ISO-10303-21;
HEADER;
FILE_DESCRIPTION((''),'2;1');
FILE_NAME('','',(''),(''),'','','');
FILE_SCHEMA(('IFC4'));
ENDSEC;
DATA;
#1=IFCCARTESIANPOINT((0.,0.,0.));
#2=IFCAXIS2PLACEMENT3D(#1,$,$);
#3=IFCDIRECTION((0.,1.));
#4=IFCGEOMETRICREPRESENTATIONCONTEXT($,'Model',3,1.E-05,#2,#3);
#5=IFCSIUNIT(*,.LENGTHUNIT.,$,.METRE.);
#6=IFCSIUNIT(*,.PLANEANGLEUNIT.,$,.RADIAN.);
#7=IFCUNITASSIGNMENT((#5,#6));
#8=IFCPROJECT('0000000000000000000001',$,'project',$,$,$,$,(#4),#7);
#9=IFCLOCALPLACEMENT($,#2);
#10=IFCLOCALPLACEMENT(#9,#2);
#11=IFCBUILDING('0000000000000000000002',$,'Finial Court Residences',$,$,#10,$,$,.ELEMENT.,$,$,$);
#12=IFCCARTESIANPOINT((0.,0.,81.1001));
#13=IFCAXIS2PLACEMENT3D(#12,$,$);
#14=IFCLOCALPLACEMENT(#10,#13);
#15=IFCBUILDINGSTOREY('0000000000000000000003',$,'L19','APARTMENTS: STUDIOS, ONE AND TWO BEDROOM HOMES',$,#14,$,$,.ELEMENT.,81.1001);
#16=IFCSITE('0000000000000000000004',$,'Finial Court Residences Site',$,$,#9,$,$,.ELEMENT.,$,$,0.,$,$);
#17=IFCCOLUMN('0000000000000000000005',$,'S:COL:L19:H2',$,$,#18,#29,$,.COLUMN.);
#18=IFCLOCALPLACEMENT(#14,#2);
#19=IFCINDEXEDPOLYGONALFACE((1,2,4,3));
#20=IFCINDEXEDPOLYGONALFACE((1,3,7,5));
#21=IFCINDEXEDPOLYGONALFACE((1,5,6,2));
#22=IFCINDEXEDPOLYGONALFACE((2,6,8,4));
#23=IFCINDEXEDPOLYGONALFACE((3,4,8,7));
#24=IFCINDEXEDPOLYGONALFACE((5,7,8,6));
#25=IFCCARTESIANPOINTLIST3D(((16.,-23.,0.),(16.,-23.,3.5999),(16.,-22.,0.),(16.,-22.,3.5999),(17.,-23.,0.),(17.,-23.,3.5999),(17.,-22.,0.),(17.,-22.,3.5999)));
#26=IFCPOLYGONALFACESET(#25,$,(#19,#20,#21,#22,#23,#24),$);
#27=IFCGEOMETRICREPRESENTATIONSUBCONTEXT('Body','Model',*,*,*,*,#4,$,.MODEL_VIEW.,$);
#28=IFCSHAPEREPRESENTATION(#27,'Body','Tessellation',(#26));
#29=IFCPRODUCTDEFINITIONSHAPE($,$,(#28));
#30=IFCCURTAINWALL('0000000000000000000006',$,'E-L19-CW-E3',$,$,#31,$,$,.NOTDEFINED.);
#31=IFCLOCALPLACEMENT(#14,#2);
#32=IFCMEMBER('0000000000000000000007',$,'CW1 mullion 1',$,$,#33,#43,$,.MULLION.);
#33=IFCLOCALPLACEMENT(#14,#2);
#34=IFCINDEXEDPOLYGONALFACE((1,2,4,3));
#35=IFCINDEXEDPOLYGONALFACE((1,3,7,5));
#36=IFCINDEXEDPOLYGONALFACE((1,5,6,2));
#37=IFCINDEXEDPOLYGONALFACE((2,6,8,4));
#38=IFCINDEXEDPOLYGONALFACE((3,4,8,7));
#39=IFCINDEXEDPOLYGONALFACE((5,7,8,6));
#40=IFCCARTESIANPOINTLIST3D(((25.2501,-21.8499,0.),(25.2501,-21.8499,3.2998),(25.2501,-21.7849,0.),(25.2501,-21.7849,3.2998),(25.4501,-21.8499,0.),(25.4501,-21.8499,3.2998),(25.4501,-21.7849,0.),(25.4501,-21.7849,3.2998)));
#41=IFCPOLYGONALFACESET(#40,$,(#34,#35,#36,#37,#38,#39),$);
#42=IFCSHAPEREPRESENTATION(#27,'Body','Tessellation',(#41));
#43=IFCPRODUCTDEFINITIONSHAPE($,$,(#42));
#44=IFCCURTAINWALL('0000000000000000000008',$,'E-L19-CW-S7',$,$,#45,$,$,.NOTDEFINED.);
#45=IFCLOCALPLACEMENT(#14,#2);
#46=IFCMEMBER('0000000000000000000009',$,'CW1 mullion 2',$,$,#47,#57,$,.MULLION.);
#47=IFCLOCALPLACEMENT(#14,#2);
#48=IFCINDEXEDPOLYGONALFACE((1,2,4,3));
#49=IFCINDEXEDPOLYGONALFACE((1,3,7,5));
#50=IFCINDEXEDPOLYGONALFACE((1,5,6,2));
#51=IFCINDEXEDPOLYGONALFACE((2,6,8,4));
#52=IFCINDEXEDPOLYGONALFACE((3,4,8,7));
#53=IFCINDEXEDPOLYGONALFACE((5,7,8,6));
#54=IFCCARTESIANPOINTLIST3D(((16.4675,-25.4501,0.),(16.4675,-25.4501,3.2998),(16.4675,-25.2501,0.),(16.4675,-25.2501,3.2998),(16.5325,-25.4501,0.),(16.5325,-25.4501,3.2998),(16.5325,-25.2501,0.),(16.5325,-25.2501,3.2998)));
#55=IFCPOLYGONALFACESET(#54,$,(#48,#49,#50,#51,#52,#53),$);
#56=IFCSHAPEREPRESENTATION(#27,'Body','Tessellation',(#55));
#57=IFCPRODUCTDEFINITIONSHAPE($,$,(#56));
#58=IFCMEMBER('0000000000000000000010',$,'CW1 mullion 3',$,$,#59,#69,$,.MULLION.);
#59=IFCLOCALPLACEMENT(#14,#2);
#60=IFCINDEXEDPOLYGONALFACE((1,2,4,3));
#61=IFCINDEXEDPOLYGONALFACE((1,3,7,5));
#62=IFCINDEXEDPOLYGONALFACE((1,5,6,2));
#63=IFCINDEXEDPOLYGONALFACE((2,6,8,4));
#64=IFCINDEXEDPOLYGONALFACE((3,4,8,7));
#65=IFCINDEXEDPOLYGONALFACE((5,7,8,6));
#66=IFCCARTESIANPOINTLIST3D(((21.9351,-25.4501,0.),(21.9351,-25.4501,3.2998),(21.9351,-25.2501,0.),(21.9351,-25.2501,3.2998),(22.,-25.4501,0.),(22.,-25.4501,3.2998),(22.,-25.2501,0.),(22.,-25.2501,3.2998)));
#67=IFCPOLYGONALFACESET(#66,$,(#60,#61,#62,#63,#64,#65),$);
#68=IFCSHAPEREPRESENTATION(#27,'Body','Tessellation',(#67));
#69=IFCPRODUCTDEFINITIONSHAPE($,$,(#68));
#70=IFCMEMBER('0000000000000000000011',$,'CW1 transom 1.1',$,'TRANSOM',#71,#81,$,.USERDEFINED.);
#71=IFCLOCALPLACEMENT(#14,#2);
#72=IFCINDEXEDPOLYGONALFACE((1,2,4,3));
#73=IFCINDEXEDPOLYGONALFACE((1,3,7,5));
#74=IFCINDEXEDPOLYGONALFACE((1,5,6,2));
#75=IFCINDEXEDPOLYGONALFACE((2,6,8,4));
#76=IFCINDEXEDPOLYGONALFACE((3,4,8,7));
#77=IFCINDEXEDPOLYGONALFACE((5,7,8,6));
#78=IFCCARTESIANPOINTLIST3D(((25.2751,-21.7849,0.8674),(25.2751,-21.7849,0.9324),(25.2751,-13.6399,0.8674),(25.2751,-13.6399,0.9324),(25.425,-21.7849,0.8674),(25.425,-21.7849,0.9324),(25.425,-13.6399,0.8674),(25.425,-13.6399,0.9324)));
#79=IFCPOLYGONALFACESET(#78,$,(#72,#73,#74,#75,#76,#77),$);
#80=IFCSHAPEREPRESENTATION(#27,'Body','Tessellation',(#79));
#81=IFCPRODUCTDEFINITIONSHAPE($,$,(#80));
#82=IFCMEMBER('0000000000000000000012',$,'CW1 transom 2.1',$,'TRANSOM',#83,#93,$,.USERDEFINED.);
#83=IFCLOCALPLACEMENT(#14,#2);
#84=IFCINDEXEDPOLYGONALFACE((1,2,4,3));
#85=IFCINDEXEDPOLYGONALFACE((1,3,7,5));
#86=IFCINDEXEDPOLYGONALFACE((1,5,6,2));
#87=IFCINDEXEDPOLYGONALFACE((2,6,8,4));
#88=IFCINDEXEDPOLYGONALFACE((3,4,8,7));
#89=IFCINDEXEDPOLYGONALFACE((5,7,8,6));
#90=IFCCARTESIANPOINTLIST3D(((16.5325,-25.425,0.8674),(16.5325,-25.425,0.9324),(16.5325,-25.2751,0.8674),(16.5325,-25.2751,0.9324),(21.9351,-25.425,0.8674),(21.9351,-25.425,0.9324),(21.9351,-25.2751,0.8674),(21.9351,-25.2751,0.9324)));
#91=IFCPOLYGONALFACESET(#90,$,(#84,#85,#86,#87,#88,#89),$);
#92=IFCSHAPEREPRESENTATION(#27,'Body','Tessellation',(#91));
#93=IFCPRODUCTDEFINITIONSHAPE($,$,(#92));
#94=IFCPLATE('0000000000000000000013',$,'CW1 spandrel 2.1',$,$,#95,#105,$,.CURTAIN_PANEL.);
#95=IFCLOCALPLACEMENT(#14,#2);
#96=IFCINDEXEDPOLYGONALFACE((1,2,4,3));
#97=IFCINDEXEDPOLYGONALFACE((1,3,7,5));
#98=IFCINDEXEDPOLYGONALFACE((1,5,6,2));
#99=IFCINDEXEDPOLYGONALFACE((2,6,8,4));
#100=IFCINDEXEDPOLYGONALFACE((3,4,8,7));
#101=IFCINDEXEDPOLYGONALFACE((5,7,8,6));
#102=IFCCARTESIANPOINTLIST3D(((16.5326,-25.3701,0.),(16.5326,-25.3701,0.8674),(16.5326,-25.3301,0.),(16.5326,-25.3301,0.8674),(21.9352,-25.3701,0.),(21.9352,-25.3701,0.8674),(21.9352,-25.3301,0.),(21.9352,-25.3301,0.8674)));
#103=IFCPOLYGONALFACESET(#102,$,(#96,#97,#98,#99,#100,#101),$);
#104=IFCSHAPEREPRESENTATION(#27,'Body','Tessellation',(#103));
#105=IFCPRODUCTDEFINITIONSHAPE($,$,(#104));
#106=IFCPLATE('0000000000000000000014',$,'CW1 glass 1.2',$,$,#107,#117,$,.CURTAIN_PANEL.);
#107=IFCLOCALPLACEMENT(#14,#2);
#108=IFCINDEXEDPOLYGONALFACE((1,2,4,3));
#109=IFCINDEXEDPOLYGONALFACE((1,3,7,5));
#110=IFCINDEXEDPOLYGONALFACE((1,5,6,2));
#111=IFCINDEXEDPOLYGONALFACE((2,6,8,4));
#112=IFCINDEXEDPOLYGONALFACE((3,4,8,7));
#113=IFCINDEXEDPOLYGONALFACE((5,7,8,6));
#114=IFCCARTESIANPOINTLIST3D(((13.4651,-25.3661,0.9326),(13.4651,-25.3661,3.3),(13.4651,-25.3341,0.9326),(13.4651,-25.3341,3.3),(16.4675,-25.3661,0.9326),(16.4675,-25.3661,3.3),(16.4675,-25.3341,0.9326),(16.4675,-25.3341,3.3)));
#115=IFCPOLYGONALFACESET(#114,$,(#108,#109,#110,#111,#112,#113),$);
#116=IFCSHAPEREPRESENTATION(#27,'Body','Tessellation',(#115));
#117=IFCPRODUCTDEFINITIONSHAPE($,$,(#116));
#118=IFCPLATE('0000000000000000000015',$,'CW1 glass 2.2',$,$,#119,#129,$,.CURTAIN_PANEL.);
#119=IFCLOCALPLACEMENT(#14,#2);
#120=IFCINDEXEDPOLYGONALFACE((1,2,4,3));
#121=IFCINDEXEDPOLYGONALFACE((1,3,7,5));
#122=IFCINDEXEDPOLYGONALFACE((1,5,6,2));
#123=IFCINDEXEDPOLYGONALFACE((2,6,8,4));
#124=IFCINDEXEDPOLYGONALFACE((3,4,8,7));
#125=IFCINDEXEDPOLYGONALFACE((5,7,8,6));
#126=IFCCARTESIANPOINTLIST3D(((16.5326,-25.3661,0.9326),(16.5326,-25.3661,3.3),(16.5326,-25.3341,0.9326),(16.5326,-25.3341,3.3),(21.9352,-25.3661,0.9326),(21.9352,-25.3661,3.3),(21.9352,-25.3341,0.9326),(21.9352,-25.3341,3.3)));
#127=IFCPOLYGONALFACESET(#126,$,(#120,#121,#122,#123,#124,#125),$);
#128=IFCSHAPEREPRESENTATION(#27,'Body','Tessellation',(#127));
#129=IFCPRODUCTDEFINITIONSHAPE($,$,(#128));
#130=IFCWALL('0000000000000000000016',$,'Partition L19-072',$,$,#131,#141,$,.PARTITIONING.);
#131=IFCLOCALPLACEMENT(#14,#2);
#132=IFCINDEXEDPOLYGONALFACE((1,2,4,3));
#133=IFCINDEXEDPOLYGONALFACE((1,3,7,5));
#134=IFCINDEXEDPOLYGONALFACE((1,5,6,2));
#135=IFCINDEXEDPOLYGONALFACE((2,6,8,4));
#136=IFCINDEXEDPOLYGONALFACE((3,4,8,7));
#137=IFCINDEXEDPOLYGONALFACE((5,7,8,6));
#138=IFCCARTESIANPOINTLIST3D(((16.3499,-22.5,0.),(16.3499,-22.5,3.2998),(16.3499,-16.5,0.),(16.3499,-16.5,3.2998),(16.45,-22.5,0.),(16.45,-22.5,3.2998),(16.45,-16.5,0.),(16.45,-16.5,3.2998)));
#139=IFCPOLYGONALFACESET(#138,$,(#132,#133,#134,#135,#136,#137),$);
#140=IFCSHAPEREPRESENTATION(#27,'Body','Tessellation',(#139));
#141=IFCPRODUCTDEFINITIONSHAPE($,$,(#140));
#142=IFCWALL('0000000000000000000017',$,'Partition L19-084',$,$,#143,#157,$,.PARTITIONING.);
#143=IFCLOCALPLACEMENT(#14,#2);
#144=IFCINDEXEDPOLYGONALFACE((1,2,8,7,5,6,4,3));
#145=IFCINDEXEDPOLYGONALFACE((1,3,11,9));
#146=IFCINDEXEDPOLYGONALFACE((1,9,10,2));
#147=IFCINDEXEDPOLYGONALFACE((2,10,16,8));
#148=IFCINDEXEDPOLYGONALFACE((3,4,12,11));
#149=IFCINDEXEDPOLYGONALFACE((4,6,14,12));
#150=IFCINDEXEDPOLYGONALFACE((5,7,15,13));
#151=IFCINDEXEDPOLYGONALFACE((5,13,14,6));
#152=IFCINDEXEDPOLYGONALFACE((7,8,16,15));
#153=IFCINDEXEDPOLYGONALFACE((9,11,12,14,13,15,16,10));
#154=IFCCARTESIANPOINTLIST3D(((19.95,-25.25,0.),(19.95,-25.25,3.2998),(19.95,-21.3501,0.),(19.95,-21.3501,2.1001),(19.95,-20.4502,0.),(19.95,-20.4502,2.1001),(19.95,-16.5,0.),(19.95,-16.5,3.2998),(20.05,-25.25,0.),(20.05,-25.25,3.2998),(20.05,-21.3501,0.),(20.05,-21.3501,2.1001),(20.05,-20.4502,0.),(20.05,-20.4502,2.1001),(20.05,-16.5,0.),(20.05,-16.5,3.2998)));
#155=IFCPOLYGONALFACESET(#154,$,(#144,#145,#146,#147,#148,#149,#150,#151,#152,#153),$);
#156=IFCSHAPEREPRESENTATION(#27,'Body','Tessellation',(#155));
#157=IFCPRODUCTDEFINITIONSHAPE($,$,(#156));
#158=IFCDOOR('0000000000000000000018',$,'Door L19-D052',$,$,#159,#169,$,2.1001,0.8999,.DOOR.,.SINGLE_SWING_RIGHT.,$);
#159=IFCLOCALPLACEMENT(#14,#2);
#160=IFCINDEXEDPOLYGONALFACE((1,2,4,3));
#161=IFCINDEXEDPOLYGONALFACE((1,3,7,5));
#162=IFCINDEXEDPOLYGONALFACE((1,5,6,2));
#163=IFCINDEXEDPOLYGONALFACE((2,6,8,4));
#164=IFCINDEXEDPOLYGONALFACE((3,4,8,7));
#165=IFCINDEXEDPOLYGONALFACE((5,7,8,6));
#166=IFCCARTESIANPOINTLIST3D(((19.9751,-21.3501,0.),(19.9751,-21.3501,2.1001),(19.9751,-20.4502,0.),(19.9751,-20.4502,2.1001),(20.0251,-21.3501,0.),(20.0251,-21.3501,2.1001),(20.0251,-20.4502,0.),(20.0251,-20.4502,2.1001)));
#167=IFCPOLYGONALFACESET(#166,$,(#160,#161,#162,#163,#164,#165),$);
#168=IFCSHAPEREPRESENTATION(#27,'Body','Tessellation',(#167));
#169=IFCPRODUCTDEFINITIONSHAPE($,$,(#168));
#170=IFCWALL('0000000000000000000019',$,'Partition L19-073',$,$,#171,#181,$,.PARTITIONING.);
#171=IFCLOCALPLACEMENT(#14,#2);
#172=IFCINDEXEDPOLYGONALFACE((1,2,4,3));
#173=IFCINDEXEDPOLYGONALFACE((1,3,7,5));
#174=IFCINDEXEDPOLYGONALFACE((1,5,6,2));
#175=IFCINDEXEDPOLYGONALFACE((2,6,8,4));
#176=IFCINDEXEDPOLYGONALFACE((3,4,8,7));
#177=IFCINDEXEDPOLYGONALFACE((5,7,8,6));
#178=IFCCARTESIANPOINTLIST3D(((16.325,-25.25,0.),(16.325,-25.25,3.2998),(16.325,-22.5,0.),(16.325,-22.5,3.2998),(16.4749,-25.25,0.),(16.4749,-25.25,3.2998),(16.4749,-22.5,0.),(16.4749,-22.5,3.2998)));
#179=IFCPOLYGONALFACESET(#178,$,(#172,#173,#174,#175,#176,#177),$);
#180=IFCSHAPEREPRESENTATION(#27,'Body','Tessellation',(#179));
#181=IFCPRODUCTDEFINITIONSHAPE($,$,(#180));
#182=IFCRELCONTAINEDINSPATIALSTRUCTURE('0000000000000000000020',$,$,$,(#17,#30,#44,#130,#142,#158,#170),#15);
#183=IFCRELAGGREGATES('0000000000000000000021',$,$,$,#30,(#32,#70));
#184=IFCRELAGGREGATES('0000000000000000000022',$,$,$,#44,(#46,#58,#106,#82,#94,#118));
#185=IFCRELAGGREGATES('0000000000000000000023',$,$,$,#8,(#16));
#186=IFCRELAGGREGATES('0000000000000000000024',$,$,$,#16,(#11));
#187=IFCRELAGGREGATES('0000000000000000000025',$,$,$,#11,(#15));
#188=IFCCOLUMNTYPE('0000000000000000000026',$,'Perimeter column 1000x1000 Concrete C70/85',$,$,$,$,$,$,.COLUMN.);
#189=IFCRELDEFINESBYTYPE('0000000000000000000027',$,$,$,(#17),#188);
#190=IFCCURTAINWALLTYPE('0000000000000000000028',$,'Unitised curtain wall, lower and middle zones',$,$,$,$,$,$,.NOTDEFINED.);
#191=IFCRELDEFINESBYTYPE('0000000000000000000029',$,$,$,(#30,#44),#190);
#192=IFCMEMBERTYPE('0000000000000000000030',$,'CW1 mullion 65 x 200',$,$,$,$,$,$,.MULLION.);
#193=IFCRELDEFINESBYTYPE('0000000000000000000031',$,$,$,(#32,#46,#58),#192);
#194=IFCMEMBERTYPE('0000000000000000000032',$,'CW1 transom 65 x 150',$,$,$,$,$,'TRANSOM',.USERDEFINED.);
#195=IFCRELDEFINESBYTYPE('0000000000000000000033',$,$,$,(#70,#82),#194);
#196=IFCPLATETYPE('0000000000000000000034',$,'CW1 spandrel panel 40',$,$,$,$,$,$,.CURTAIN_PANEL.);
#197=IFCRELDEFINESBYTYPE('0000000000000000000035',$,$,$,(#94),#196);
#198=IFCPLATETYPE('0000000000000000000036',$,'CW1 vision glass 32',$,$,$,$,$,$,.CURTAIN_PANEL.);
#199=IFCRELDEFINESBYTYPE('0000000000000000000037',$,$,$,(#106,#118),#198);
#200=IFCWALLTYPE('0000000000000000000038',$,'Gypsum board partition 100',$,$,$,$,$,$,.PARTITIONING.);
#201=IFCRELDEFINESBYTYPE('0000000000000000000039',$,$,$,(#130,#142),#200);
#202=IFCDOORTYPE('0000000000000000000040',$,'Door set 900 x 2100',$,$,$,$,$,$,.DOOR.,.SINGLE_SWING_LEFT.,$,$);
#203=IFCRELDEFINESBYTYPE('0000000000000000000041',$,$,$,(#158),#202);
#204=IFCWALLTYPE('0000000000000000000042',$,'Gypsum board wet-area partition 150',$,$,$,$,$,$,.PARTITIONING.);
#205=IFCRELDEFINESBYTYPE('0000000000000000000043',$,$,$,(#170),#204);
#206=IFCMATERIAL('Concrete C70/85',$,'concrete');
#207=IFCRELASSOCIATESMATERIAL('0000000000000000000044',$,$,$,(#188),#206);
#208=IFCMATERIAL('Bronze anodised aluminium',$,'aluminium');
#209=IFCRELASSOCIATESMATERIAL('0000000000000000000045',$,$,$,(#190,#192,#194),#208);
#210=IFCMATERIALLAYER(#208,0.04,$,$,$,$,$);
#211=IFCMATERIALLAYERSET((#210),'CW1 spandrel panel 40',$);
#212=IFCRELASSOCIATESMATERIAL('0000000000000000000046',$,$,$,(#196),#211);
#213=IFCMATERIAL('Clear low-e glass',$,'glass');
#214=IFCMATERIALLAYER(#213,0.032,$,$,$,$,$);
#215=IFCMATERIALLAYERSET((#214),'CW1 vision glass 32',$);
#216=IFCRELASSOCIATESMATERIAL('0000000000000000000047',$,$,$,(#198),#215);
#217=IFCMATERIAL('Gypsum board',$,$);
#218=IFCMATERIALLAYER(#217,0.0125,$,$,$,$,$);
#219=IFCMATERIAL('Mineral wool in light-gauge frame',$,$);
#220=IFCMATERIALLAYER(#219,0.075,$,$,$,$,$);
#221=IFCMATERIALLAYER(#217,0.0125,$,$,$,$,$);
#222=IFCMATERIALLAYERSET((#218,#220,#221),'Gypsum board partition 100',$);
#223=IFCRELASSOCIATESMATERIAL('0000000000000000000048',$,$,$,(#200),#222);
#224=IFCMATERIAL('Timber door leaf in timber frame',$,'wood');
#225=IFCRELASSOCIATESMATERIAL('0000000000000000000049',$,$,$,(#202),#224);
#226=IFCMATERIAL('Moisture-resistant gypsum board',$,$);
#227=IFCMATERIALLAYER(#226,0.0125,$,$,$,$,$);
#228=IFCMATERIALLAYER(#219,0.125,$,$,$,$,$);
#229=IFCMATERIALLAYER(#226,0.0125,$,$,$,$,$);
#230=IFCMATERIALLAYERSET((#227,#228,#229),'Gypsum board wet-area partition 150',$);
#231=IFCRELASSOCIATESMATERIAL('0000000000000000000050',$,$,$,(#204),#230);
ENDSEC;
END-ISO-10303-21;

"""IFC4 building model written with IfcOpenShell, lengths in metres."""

from ifc_helpers import new_model, si_unit, direction, frame, frame_2d, origin, origin_2d, place, context, subcontext, project, spatial, rectangle, extrude, material, layer, layer_set, material_profile, profile_set, type_object, element, fill, aggregate, save


model = new_model("IFC4")

# Units and contexts
model_context = context("Model", 3, precision=1e-05, world=origin(), true_north=direction((0.0, 1.0)))
body_context = subcontext(model_context, "Body", "Model", "MODEL_VIEW")
ifc_project = project(units=[si_unit("LENGTHUNIT", "METRE"), si_unit("PLANEANGLEUNIT", "RADIAN")], contexts=[model_context])

# Site, building, storey
site_placement = place(None, origin())
site = spatial("IfcSite", under=ifc_project, at=site_placement, Name="Finial Court Residences Site", CompositionType="ELEMENT", RefElevation=0.0)
building_placement = place(site_placement, origin())
building = spatial("IfcBuilding", under=site, at=building_placement, Name="Finial Court Residences", CompositionType="ELEMENT")
storey_placement = place(building_placement, frame((0.0, 0.0, 81.1001)))
storey = spatial("IfcBuildingStorey", under=building, at=storey_placement, Name="L19", Description="APARTMENTS: STUDIOS, ONE AND TWO BEDROOM HOMES", CompositionType="ELEMENT", Elevation=81.1001)

# Column
ifc_material_1 = material(Name="Concrete C70/85", Category="concrete")
ifc_material_profile_1 = material_profile(ifc_material_1, rectangle(XDim=1.0, YDim=1.0, at=origin_2d()), Name="1000x1000")
ifc_profile_set_1 = profile_set([ifc_material_profile_1], Name="Concrete C70/85")
column_type = type_object("IfcColumnType", Name="Perimeter column 1000x1000 Concrete C70/85", PredefinedType="COLUMN", material=ifc_profile_set_1)
column_placement = place(storey_placement, frame((16.5, -22.5, 0.0), z_axis=(0.0, 0.0, 1.0), x_axis=(1.0, 0.0, 0.0)))
element("IfcColumn", 1, at=column_placement, inside=storey, type_object=column_type, Name="S:COL:L19:H2", PredefinedType="COLUMN", context=body_context, shape_type="SweptSolid", body=[
    extrude(rectangle(XDim=1.0, YDim=1.0, at=origin_2d()), origin(), (0.0, 0.0, 1.0), 3.5999),
])

# Curtain wall, member
ifc_material_2 = material(Name="Bronze anodised aluminium", Category="aluminium")
curtain_wall_type = type_object("IfcCurtainWallType", Name="Unitised curtain wall, lower and middle zones", PredefinedType="NOTDEFINED", material=ifc_material_2)
curtain_wall_1_placement = place(storey_placement, origin())
curtain_wall_1 = element("IfcCurtainWall", 2, at=curtain_wall_1_placement, inside=storey, type_object=curtain_wall_type, Name="E-L19-CW-E3", PredefinedType="NOTDEFINED")
ifc_material_profile_2 = material_profile(ifc_material_2, rectangle(XDim=0.2, YDim=0.0649, at=origin_2d()), Name="CW1 mullion 65 x 200")
ifc_profile_set_2 = profile_set([ifc_material_profile_2], Name="Bronze anodised aluminium")
member_type_1 = type_object("IfcMemberType", Name="CW1 mullion 65 x 200", PredefinedType="MULLION", material=ifc_profile_set_2)
member_1_placement = place(storey_placement, frame((25.3501, -21.8174, 0.0), z_axis=(0.0, 0.0, 1.0), x_axis=(-1.0, 0.0, 0.0)))
member_1 = element("IfcMember", 3, at=member_1_placement, type_object=member_type_1, Name="CW1 mullion 1", PredefinedType="MULLION", context=body_context, shape_type="SweptSolid", body=[
    extrude(rectangle(XDim=0.2, YDim=0.0649, at=origin_2d()), origin(), (0.0, 0.0, 1.0), 3.2998),
])

# Curtain wall, members
curtain_wall_2_placement = place(storey_placement, origin())
curtain_wall_2 = element("IfcCurtainWall", 4, at=curtain_wall_2_placement, inside=storey, type_object=curtain_wall_type, Name="E-L19-CW-S7", PredefinedType="NOTDEFINED")
member_2_placement = place(storey_placement, frame((16.5, -25.3501, 0.0), z_axis=(0.0, 0.0, 1.0), x_axis=(0.0, 1.0, 0.0)))
member_2 = element("IfcMember", 5, at=member_2_placement, type_object=member_type_1, Name="CW1 mullion 2", PredefinedType="MULLION", context=body_context, shape_type="SweptSolid", body=[
    extrude(rectangle(XDim=0.2, YDim=0.0649, at=origin_2d()), origin(), (0.0, 0.0, 1.0), 3.2998),
])
member_3_placement = place(storey_placement, frame((21.9675, -25.3501, 0.0), z_axis=(0.0, 0.0, 1.0), x_axis=(0.0, 1.0, 0.0)))
member_3 = element("IfcMember", 6, at=member_3_placement, type_object=member_type_1, Name="CW1 mullion 3", PredefinedType="MULLION", context=body_context, shape_type="SweptSolid", body=[
    extrude(rectangle(XDim=0.2, YDim=0.0649, at=origin_2d()), origin(), (0.0, 0.0, 1.0), 3.2998),
])

# Members
ifc_material_profile_3 = material_profile(ifc_material_2, rectangle(XDim=0.1499, YDim=0.0649, at=origin_2d()), Name="CW1 transom 65 x 150")
ifc_profile_set_3 = profile_set([ifc_material_profile_3], Name="Bronze anodised aluminium")
member_type_2 = type_object("IfcMemberType", Name="CW1 transom 65 x 150", ElementType="TRANSOM", PredefinedType="USERDEFINED", material=ifc_profile_set_3)
member_4_placement = place(storey_placement, frame((25.3501, -21.7849, 0.8999), z_axis=(0.0, 1.0, 0.0), x_axis=(-1.0, 0.0, 0.0)))
member_4 = element("IfcMember", 7, at=member_4_placement, type_object=member_type_2, Name="CW1 transom 1.1", ObjectType="TRANSOM", PredefinedType="USERDEFINED", context=body_context, shape_type="SweptSolid", body=[
    extrude(rectangle(XDim=0.1499, YDim=0.0649, at=origin_2d()), origin(), (0.0, 0.0, 1.0), 8.145),
])
aggregate(curtain_wall_1, [member_1, member_4])
member_5_placement = place(storey_placement, frame((16.5325, -25.3501, 0.8999), z_axis=(1.0, 0.0, 0.0), x_axis=(0.0, 1.0, 0.0)))
member_5 = element("IfcMember", 8, at=member_5_placement, type_object=member_type_2, Name="CW1 transom 2.1", ObjectType="TRANSOM", PredefinedType="USERDEFINED", context=body_context, shape_type="SweptSolid", body=[
    extrude(rectangle(XDim=0.1499, YDim=0.0649, at=origin_2d()), origin(), (0.0, 0.0, 1.0), 5.4026),
])

# Plates
ifc_layer_1 = layer(ifc_material_2, 0.04)
ifc_layer_set_1 = layer_set([ifc_layer_1], Name="CW1 spandrel panel 40")
plate_type_1 = type_object("IfcPlateType", Name="CW1 spandrel panel 40", PredefinedType="CURTAIN_PANEL", material=ifc_layer_set_1)
plate_1_placement = place(storey_placement, frame((19.2339, -25.3501, 0.0), z_axis=(0.0, 0.0, 1.0), x_axis=(1.0, 0.0, 0.0)))
plate_1 = element("IfcPlate", 9, at=plate_1_placement, type_object=plate_type_1, Name="CW1 spandrel 2.1", PredefinedType="CURTAIN_PANEL", context=body_context, shape_type="SweptSolid", body=[
    extrude(rectangle(XDim=5.4026, YDim=0.04, at=origin_2d()), origin(), (0.0, 0.0, 1.0), 0.8674),
])
ifc_material_3 = material(Name="Clear low-e glass", Category="glass")
ifc_layer_2 = layer(ifc_material_3, 0.032)
ifc_layer_set_2 = layer_set([ifc_layer_2], Name="CW1 vision glass 32")
plate_type_2 = type_object("IfcPlateType", Name="CW1 vision glass 32", PredefinedType="CURTAIN_PANEL", material=ifc_layer_set_2)
plate_2_placement = place(storey_placement, frame((14.9663, -25.3501, 0.9326), z_axis=(0.0, 0.0, 1.0), x_axis=(1.0, 0.0, 0.0)))
plate_2 = element("IfcPlate", 10, at=plate_2_placement, type_object=plate_type_2, Name="CW1 glass 1.2", PredefinedType="CURTAIN_PANEL", context=body_context, shape_type="SweptSolid", body=[
    extrude(rectangle(XDim=3.0024, YDim=0.032, at=origin_2d()), origin(), (0.0, 0.0, 1.0), 2.3674),
])
plate_3_placement = place(storey_placement, frame((19.2339, -25.3501, 0.9326), z_axis=(0.0, 0.0, 1.0), x_axis=(1.0, 0.0, 0.0)))
plate_3 = element("IfcPlate", 11, at=plate_3_placement, type_object=plate_type_2, Name="CW1 glass 2.2", PredefinedType="CURTAIN_PANEL", context=body_context, shape_type="SweptSolid", body=[
    extrude(rectangle(XDim=5.4026, YDim=0.032, at=origin_2d()), origin(), (0.0, 0.0, 1.0), 2.3674),
])
aggregate(curtain_wall_2, [member_2, member_3, plate_2, member_5, plate_1, plate_3])

# Wall
ifc_material_4 = material(Name="Gypsum board")
ifc_layer_3 = layer(ifc_material_4, 0.0125)
ifc_material_5 = material(Name="Mineral wool in light-gauge frame")
ifc_layer_4 = layer(ifc_material_5, 0.075)
ifc_layer_5 = layer(ifc_material_4, 0.0125)
ifc_layer_set_3 = layer_set([ifc_layer_3, ifc_layer_4, ifc_layer_5], Name="Gypsum board partition 100")
wall_type_1 = type_object("IfcWallType", Name="Gypsum board partition 100", PredefinedType="PARTITIONING", material=ifc_layer_set_3)
wall_1_placement = place(storey_placement, frame((16.3999, -22.5, 0.0), z_axis=(0.0, 0.0, 1.0), x_axis=(0.0, 1.0, 0.0)))
element("IfcWall", 12, at=wall_1_placement, inside=storey, type_object=wall_type_1, Name="Partition L19-072", PredefinedType="PARTITIONING", context=body_context, shape_type="SweptSolid", body=[
    extrude(rectangle(XDim=6.0, YDim=0.1001, at=frame_2d((3.0, 0.0))), origin(), (0.0, 0.0, 1.0), 3.2998),
])

# Wall, opening, door
wall_2_placement = place(storey_placement, frame((20.0, -25.25, 0.0), z_axis=(0.0, 0.0, 1.0), x_axis=(0.0, 1.0, 0.0)))
wall_2 = element("IfcWall", 13, at=wall_2_placement, inside=storey, type_object=wall_type_1, Name="Partition L19-084", PredefinedType="PARTITIONING", context=body_context, shape_type="SweptSolid", body=[
    extrude(rectangle(XDim=8.75, YDim=0.1001, at=frame_2d((4.375, 0.0))), origin(), (0.0, 0.0, 1.0), 3.2998),
])
opening_1_placement = place(wall_2_placement, frame((3.8999, 0.0, 0.0)))
opening_1 = element("IfcOpeningElement", 14, at=opening_1_placement, cuts=wall_2, PredefinedType="OPENING", context=body_context, shape_type="SweptSolid", body=[
    extrude(rectangle(XDim=0.8999, YDim=2.1001, at=frame_2d((0.45, 1.05))), frame((0.0, 0.0601, 0.0), z_axis=(0.0, -1.0, 0.0), x_axis=(1.0, 0.0, 0.0)), (0.0, 0.0, 1.0), 0.1201),
])
ifc_material_6 = material(Name="Timber door leaf in timber frame", Category="wood")
door_type = type_object("IfcDoorType", Name="Door set 900 x 2100", OperationType="SINGLE_SWING_LEFT", PredefinedType="DOOR", material=ifc_material_6)
door_placement = place(opening_1_placement, origin())
door = element("IfcDoor", 15, at=door_placement, inside=storey, type_object=door_type, Name="Door L19-D052", OperationType="SINGLE_SWING_RIGHT", OverallHeight=2.1001, OverallWidth=0.8999, PredefinedType="DOOR", context=body_context, shape_type="SweptSolid", body=[
    extrude(rectangle(XDim=0.8999, YDim=2.1001, at=frame_2d((0.45, 1.05))), frame((0.0, 0.0249, 0.0), z_axis=(0.0, -1.0, 0.0), x_axis=(1.0, 0.0, 0.0)), (0.0, 0.0, 1.0), 0.05),
])
fill(opening_1, door)

# Wall
ifc_material_7 = material(Name="Moisture-resistant gypsum board")
ifc_layer_6 = layer(ifc_material_7, 0.0125)
ifc_layer_7 = layer(ifc_material_5, 0.125)
ifc_layer_8 = layer(ifc_material_7, 0.0125)
ifc_layer_set_4 = layer_set([ifc_layer_6, ifc_layer_7, ifc_layer_8], Name="Gypsum board wet-area partition 150")
wall_type_2 = type_object("IfcWallType", Name="Gypsum board wet-area partition 150", PredefinedType="PARTITIONING", material=ifc_layer_set_4)
wall_3_placement = place(storey_placement, frame((16.3999, -25.25, 0.0), z_axis=(0.0, 0.0, 1.0), x_axis=(0.0, 1.0, 0.0)))
element("IfcWall", 16, at=wall_3_placement, inside=storey, type_object=wall_type_2, Name="Partition L19-073", PredefinedType="PARTITIONING", context=body_context, shape_type="SweptSolid", body=[
    extrude(rectangle(XDim=2.75, YDim=0.1499, at=frame_2d((1.375, 0.0))), origin(), (0.0, 0.0, 1.0), 3.2998),
])

save(model, "model.ifc")
